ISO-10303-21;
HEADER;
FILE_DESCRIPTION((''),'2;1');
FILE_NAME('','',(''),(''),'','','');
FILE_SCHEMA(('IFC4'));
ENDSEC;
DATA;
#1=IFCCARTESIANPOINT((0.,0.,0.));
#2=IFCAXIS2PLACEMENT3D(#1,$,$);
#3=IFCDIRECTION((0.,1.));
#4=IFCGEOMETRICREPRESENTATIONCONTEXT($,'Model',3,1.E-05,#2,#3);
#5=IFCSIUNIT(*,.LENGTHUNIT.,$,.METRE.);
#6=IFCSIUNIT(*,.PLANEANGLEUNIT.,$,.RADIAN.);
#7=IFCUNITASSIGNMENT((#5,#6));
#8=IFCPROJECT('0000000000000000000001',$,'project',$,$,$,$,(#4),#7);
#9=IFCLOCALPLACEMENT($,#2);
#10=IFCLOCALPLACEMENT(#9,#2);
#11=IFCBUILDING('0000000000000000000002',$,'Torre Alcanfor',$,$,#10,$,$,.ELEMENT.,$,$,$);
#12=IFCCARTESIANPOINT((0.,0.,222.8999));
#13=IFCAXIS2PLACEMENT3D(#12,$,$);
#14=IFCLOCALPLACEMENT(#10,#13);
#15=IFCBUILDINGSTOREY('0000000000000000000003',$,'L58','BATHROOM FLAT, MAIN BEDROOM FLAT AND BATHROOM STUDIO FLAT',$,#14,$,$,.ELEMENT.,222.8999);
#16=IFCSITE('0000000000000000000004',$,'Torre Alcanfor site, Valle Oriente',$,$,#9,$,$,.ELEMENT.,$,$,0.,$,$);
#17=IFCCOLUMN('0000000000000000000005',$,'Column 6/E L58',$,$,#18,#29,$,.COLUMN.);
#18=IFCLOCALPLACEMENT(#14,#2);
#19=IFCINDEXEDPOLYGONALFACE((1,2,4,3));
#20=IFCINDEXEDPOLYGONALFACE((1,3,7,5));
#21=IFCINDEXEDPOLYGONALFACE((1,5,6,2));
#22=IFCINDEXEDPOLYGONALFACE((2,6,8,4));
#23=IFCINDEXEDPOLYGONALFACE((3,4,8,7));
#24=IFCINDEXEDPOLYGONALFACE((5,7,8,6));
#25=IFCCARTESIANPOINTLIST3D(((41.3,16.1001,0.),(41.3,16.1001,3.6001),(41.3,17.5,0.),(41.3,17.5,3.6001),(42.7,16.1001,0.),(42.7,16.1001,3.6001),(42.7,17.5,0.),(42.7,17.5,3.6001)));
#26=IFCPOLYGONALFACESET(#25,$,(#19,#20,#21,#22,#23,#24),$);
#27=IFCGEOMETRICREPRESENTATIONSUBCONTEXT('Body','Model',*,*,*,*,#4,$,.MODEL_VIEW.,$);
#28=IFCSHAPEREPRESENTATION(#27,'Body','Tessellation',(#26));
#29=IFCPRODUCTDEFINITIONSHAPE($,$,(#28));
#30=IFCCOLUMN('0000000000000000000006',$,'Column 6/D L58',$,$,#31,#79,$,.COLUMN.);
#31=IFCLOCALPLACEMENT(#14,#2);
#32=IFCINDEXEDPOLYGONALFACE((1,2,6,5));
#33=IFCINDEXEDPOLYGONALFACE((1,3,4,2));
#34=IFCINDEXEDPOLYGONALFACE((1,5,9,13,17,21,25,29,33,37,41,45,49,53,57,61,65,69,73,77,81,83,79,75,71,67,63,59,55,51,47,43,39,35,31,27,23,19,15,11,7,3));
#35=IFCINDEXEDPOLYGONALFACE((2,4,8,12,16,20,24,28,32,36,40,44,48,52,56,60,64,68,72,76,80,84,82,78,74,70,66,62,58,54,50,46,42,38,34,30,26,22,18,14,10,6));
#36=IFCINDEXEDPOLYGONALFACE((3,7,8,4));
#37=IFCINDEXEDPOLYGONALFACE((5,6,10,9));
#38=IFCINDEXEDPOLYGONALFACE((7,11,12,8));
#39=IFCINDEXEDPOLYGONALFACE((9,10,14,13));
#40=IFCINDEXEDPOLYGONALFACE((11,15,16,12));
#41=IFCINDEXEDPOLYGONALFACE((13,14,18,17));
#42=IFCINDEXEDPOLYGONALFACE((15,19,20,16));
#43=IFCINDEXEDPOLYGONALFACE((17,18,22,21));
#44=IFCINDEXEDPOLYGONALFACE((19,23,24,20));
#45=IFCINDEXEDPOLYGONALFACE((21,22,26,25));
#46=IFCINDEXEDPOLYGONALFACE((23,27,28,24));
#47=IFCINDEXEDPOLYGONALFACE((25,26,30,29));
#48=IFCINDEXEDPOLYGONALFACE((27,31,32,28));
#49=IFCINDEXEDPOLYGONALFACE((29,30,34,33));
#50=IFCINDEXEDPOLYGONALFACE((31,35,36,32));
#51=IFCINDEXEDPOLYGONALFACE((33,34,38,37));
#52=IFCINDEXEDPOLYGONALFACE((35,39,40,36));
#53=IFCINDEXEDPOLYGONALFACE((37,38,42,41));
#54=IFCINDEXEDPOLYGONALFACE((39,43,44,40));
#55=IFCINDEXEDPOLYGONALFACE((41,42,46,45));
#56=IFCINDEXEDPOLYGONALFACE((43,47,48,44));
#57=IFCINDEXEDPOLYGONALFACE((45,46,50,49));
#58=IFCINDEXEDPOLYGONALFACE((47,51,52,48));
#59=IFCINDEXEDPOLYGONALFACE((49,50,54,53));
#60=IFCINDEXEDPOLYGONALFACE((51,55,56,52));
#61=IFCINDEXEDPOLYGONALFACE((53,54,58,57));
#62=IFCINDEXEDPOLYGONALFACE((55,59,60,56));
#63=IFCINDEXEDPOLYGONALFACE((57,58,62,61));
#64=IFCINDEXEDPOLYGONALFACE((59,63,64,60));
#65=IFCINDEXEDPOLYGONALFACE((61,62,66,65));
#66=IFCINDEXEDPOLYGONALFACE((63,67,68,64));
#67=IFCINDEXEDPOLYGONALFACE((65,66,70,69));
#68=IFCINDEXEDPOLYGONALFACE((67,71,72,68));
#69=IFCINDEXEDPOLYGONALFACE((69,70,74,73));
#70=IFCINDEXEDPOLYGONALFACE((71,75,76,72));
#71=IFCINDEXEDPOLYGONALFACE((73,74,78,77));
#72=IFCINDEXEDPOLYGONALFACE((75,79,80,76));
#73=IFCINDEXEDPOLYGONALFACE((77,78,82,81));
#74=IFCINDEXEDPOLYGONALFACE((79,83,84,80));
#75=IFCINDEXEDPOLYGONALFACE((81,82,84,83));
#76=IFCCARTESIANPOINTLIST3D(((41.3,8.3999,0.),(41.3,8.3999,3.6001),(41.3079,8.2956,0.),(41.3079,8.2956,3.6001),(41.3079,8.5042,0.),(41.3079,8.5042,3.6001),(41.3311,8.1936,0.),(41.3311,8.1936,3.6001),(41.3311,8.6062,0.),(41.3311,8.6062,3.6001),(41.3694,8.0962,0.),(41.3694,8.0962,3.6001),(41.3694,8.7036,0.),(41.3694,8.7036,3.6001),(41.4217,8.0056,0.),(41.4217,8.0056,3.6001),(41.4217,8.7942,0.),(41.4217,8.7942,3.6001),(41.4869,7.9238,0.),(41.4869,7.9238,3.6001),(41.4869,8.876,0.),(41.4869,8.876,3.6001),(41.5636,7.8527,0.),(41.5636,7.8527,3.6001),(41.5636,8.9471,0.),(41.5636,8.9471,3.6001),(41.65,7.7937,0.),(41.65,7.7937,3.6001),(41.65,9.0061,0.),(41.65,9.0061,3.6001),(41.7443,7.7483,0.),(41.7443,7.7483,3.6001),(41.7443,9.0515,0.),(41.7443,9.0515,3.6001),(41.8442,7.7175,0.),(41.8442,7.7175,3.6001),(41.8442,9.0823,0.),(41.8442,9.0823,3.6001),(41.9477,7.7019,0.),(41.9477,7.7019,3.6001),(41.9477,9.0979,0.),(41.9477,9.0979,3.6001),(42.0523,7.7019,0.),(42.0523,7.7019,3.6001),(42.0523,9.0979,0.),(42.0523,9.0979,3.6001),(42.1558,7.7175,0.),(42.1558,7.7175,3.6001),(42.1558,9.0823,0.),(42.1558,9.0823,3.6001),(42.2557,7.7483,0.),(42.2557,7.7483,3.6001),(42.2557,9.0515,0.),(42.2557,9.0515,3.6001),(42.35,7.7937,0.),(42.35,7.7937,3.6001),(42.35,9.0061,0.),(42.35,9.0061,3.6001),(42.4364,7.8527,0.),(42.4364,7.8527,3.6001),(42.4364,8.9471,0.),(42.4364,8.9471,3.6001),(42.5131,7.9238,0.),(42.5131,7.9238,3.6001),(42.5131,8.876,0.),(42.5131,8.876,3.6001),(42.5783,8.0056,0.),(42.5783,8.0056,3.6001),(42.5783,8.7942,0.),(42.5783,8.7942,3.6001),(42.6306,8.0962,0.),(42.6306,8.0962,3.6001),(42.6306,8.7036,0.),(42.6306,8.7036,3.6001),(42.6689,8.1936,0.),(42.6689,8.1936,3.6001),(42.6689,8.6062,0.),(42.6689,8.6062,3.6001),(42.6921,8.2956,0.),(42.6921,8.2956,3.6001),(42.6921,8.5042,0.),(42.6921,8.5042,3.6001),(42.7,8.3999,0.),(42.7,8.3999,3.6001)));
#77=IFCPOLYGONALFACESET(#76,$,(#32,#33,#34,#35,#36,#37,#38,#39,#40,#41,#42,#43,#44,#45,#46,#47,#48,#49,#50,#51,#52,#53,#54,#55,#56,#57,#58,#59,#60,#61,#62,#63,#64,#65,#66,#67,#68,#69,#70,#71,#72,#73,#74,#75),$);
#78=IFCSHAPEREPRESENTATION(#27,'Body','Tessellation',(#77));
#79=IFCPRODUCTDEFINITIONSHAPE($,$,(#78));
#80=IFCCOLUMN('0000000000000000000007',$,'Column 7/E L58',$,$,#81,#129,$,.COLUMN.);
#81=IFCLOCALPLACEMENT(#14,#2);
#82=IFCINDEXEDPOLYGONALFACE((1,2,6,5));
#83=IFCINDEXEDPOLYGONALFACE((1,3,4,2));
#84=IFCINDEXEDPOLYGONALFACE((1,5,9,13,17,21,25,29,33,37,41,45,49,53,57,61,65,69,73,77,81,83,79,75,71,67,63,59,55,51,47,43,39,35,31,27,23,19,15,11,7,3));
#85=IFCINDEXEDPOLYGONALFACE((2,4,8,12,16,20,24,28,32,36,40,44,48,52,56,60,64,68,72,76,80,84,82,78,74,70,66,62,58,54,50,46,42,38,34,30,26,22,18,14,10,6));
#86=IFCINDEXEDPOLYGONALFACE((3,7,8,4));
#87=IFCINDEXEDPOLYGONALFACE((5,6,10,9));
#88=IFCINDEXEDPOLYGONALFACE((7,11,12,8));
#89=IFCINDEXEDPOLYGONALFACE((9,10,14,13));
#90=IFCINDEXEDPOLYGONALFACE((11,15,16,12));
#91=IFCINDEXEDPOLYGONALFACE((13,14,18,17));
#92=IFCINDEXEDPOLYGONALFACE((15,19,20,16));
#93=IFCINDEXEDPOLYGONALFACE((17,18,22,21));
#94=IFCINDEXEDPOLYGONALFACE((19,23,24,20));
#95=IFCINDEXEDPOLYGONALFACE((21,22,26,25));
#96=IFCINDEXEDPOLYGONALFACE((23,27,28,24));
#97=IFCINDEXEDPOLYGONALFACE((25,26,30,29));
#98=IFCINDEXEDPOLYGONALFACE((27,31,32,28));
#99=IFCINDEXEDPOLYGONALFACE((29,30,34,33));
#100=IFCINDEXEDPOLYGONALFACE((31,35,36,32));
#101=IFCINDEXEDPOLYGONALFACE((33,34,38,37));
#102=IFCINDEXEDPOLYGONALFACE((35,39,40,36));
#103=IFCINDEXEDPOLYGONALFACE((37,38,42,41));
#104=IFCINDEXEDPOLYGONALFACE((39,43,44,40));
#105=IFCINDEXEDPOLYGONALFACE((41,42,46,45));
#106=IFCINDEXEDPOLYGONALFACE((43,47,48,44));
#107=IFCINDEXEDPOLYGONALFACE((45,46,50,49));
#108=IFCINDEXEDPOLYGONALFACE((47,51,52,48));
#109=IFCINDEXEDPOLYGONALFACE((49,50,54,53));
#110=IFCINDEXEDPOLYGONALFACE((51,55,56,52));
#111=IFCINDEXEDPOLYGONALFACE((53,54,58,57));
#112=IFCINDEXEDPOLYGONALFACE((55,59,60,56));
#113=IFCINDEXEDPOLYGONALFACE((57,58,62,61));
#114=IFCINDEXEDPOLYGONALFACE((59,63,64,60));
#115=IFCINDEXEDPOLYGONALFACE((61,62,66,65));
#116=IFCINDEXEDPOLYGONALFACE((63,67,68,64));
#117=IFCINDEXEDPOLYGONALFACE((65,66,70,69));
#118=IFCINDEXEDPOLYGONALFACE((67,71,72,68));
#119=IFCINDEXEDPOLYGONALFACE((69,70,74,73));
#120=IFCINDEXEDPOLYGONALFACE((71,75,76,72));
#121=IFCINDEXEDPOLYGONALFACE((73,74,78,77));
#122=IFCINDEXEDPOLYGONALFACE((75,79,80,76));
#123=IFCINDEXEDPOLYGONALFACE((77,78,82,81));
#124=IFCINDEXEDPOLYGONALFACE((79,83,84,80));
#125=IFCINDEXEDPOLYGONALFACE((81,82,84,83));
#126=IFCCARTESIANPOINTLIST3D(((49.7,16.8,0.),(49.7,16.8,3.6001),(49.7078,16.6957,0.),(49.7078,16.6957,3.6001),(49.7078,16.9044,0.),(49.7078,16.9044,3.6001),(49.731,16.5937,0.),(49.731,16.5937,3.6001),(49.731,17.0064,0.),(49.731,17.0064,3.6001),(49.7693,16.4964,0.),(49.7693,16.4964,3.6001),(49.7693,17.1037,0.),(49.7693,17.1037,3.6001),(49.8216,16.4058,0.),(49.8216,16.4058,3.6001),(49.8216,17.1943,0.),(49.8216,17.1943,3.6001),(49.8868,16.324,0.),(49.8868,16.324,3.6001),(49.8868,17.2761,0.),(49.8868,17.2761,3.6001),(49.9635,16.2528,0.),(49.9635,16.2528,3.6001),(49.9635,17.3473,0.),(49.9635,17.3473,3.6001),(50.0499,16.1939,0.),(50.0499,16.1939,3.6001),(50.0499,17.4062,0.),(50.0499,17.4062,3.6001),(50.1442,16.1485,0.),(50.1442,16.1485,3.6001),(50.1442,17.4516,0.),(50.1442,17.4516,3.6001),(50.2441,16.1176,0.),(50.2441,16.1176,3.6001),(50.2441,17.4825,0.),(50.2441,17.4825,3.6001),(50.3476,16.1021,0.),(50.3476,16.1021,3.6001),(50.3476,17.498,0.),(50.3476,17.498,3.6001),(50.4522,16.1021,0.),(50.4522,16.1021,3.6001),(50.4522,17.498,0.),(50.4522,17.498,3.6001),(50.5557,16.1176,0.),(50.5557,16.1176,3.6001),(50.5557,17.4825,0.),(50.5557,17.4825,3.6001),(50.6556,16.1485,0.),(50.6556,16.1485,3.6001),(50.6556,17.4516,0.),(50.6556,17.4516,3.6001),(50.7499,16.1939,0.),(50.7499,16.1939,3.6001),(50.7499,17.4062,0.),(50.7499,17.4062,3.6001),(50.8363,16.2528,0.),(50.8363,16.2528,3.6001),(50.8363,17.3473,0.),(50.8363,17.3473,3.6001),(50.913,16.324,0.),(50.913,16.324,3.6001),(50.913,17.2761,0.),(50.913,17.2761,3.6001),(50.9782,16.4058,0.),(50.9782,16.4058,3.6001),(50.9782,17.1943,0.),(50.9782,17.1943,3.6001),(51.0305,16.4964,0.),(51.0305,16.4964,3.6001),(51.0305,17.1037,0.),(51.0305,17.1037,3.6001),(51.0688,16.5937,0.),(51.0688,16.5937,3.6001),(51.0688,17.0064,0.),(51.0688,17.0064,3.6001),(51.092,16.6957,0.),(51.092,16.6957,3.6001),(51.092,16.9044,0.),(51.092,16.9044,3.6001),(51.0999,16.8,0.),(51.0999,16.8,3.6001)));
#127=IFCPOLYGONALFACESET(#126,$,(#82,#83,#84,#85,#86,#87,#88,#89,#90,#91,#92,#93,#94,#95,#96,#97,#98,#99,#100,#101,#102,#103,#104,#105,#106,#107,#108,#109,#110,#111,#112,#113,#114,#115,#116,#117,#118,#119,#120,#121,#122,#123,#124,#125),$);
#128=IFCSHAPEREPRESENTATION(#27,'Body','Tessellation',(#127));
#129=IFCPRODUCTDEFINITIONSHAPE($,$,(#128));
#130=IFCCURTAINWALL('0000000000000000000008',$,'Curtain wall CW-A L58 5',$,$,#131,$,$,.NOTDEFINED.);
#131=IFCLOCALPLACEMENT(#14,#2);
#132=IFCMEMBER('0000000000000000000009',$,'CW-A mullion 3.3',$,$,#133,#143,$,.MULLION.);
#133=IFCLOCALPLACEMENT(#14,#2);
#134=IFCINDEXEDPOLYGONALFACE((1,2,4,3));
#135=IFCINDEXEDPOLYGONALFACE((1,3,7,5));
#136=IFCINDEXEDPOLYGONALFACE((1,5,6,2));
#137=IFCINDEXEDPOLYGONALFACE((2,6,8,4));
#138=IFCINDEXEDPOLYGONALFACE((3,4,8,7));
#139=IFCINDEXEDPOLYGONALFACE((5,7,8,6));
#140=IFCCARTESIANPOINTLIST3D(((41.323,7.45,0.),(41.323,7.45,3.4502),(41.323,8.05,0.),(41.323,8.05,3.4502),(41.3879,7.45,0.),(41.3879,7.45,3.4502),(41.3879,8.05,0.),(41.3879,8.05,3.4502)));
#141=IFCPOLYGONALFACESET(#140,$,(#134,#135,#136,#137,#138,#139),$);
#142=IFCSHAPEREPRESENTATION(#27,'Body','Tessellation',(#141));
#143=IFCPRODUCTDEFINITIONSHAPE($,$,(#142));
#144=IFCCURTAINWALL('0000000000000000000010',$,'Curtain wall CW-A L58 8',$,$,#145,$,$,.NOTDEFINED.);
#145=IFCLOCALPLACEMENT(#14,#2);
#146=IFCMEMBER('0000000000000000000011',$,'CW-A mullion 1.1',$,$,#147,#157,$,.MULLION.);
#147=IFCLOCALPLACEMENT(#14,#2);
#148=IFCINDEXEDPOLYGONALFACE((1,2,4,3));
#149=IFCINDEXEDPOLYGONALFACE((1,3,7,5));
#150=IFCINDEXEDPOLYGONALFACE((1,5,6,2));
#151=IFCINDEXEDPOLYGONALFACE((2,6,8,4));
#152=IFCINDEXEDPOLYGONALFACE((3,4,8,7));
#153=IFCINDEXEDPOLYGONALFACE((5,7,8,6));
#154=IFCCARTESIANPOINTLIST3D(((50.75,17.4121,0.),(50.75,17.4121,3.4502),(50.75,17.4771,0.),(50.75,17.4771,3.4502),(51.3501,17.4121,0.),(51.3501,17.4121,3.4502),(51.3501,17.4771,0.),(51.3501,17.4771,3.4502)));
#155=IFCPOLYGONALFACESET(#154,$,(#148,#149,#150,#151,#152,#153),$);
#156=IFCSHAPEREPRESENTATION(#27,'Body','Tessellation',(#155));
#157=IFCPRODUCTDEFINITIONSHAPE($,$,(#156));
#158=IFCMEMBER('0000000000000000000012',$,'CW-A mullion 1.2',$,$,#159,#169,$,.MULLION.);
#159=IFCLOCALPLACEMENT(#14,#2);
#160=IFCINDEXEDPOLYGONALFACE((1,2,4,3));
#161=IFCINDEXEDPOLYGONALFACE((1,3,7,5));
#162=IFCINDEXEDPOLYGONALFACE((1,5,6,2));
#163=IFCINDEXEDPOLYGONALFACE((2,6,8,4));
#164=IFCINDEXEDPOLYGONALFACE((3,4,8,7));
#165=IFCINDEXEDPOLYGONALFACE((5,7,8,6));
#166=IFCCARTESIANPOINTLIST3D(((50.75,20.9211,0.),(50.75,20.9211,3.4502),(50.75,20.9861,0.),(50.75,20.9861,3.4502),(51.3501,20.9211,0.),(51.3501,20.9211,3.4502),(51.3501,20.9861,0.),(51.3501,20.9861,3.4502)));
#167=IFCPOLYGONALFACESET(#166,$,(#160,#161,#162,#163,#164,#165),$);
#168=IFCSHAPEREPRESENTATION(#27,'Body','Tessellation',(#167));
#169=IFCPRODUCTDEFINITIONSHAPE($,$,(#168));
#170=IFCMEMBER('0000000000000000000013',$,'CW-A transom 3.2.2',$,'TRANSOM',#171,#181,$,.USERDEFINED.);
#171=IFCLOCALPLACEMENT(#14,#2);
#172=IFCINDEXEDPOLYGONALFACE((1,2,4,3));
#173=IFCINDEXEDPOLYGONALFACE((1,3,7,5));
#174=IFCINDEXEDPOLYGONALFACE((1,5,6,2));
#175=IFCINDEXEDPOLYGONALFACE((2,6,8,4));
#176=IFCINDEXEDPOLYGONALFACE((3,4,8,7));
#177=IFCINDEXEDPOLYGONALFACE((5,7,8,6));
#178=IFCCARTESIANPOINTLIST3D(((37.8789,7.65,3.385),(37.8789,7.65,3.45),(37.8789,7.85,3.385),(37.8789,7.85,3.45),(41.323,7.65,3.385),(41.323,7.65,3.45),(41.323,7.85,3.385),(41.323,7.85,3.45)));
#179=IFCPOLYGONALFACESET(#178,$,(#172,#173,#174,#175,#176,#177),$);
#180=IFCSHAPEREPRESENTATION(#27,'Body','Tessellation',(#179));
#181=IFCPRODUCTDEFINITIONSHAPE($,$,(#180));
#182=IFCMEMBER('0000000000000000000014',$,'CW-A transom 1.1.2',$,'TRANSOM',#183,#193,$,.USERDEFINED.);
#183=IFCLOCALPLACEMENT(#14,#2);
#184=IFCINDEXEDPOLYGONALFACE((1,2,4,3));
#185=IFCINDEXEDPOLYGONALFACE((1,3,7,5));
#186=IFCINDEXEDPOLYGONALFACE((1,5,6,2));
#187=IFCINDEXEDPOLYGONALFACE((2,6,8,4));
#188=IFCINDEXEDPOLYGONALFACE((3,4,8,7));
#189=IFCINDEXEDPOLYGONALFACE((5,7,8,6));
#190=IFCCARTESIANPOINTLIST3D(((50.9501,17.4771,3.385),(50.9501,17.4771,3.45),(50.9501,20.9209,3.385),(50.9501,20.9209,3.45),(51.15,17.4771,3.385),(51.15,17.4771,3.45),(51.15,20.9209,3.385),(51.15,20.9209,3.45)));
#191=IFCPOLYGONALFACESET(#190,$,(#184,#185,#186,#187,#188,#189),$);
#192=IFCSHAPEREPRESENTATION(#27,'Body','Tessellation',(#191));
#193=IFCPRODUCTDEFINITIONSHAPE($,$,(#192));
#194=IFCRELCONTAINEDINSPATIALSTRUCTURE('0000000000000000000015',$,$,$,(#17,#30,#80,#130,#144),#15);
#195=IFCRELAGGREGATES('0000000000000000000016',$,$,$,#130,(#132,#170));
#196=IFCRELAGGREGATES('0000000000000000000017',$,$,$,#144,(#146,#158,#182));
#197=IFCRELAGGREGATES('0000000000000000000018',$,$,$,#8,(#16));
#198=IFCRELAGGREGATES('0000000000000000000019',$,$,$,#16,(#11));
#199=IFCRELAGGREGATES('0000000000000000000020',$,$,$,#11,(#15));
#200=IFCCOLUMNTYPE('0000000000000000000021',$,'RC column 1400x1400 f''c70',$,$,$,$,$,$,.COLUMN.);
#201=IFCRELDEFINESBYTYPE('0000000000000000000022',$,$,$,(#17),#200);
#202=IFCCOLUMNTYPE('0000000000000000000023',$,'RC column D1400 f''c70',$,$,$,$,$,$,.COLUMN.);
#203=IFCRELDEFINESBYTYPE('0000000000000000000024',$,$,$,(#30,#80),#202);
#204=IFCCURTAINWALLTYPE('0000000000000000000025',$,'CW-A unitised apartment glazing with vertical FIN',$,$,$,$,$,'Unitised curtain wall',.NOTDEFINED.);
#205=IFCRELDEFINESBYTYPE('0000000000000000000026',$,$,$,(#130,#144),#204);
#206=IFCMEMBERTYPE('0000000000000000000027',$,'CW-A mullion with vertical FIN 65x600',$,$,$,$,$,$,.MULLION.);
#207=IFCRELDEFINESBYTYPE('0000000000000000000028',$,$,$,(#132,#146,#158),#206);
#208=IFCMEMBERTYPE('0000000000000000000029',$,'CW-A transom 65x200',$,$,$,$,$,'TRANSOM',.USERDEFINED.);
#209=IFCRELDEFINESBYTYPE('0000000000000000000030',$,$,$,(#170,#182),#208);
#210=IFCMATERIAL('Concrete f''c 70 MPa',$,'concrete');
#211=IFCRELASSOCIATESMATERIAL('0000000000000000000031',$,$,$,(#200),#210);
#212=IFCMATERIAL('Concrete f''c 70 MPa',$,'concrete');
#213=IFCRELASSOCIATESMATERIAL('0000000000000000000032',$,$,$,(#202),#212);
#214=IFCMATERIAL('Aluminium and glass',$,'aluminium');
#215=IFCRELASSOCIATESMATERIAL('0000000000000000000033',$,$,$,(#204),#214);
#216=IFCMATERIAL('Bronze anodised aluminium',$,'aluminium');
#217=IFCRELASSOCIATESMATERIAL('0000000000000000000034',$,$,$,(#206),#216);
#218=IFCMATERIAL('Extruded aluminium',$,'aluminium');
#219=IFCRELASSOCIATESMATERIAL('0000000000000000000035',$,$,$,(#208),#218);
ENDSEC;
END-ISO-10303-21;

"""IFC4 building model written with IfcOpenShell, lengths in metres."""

from ifc_helpers import new_model, si_unit, direction, frame, origin, origin_2d, place, context, subcontext, project, spatial, rectangle, circle, extrude, material, material_profile, profile_set, type_object, element, aggregate, save


model = new_model("IFC4")

# Units and contexts
model_context = context("Model", 3, precision=1e-05, world=origin(), true_north=direction((0.0, 1.0)))
body_context = subcontext(model_context, "Body", "Model", "MODEL_VIEW")
ifc_project = project(units=[si_unit("LENGTHUNIT", "METRE"), si_unit("PLANEANGLEUNIT", "RADIAN")], contexts=[model_context])

# Site, building, storey
site_placement = place(None, origin())
site = spatial("IfcSite", under=ifc_project, at=site_placement, Name="Torre Alcanfor site, Valle Oriente", CompositionType="ELEMENT", RefElevation=0.0)
building_placement = place(site_placement, origin())
building = spatial("IfcBuilding", under=site, at=building_placement, Name="Torre Alcanfor", CompositionType="ELEMENT")
storey_placement = place(building_placement, frame((0.0, 0.0, 222.8999)))
storey = spatial("IfcBuildingStorey", under=building, at=storey_placement, Name="L58", Description="BATHROOM FLAT, MAIN BEDROOM FLAT AND BATHROOM STUDIO FLAT", CompositionType="ELEMENT", Elevation=222.8999)

# Columns
ifc_material_1 = material(Name="Concrete f'c 70 MPa", Category="concrete")
ifc_material_profile_1 = material_profile(ifc_material_1, rectangle(XDim=1.3999, YDim=1.3999, at=origin_2d()), Name="1400x1400")
ifc_profile_set_1 = profile_set([ifc_material_profile_1], Name="Concrete f'c 70 MPa")
column_type_1 = type_object("IfcColumnType", Name="RC column 1400x1400 f'c70", PredefinedType="COLUMN", material=ifc_profile_set_1)
column_placement = place(storey_placement, frame((42.0, 16.8, 0.0), z_axis=(0.0, 0.0, 1.0), x_axis=(1.0, 0.0, 0.0)))
element("IfcColumn", 1, at=column_placement, inside=storey, type_object=column_type_1, Name="Column 6/E L58", PredefinedType="COLUMN", context=body_context, shape_type="SweptSolid", body=[
    extrude(rectangle(XDim=1.3999, YDim=1.3999, at=origin_2d()), origin(), (0.0, 0.0, 1.0), 3.6001),
])
ifc_material_2 = material(Name="Concrete f'c 70 MPa", Category="concrete")
ifc_material_profile_2 = material_profile(ifc_material_2, circle(Radius=0.7, at=origin_2d()), Name="D1400")
ifc_profile_set_2 = profile_set([ifc_material_profile_2], Name="Concrete f'c 70 MPa")
column_type_2 = type_object("IfcColumnType", Name="RC column D1400 f'c70", PredefinedType="COLUMN", material=ifc_profile_set_2)
for number, where, z_axis, x_axis, name in (
    (2, (42.0, 8.3999, 0.0), (0.0, 0.0, 1.0), (1.0, 0.0, 0.0), "Column 6/D L58"),
    (3, (50.3999, 16.8, 0.0), (0.0, 0.0, 1.0), (1.0, 0.0, 0.0), "Column 7/E L58"),
):
    element("IfcColumn", number, at=place(storey_placement, frame(where, z_axis=z_axis, x_axis=x_axis)), inside=storey, type_object=column_type_2, Name=name, PredefinedType="COLUMN", context=body_context, shape_type="SweptSolid", body=[
        extrude(circle(Radius=0.7, at=origin_2d()), origin(), (0.0, 0.0, 1.0), 3.6001),
    ])

# Curtain wall, member
ifc_material_3 = material(Name="Aluminium and glass", Category="aluminium")
curtain_wall_type = type_object("IfcCurtainWallType", Name="CW-A unitised apartment glazing with vertical FIN", ElementType="Unitised curtain wall", PredefinedType="NOTDEFINED", material=ifc_material_3)
curtain_wall_1_placement = place(storey_placement, origin())
curtain_wall_1 = element("IfcCurtainWall", 4, at=curtain_wall_1_placement, inside=storey, type_object=curtain_wall_type, Name="Curtain wall CW-A L58 5", PredefinedType="NOTDEFINED")
ifc_material_4 = material(Name="Bronze anodised aluminium", Category="aluminium")
ifc_material_profile_3 = material_profile(ifc_material_4, rectangle(XDim=0.6001, YDim=0.0649, at=origin_2d()), Name="CW-A mullion 65x600")
ifc_profile_set_3 = profile_set([ifc_material_profile_3], Name="Bronze anodised aluminium")
member_type_1 = type_object("IfcMemberType", Name="CW-A mullion with vertical FIN 65x600", PredefinedType="MULLION", material=ifc_profile_set_3)
member_1_placement = place(storey_placement, frame((41.3555, 7.75, 0.0), z_axis=(0.0, 0.0, 1.0), x_axis=(0.0, 1.0, 0.0)))
member_1 = element("IfcMember", 5, at=member_1_placement, type_object=member_type_1, Name="CW-A mullion 3.3", PredefinedType="MULLION", context=body_context, shape_type="SweptSolid", body=[
    extrude(rectangle(XDim=0.6001, YDim=0.0649, at=origin_2d()), origin(), (0.0, 0.0, 1.0), 3.4502),
])

# Curtain wall, members
curtain_wall_2_placement = place(storey_placement, origin())
curtain_wall_2 = element("IfcCurtainWall", 6, at=curtain_wall_2_placement, inside=storey, type_object=curtain_wall_type, Name="Curtain wall CW-A L58 8", PredefinedType="NOTDEFINED")
member_2_placement = place(storey_placement, frame((51.05, 17.4446, 0.0), z_axis=(0.0, 0.0, 1.0), x_axis=(-1.0, 0.0, 0.0)))
member_2 = element("IfcMember", 7, at=member_2_placement, type_object=member_type_1, Name="CW-A mullion 1.1", PredefinedType="MULLION", context=body_context, shape_type="SweptSolid", body=[
    extrude(rectangle(XDim=0.6001, YDim=0.0649, at=origin_2d()), origin(), (0.0, 0.0, 1.0), 3.4502),
])
member_3_placement = place(storey_placement, frame((51.05, 20.9536, 0.0), z_axis=(0.0, 0.0, 1.0), x_axis=(-1.0, 0.0, 0.0)))
member_3 = element("IfcMember", 8, at=member_3_placement, type_object=member_type_1, Name="CW-A mullion 1.2", PredefinedType="MULLION", context=body_context, shape_type="SweptSolid", body=[
    extrude(rectangle(XDim=0.6001, YDim=0.0649, at=origin_2d()), origin(), (0.0, 0.0, 1.0), 3.4502),
])

# Members
ifc_material_5 = material(Name="Extruded aluminium", Category="aluminium")
ifc_material_profile_4 = material_profile(ifc_material_5, rectangle(XDim=0.2, YDim=0.0649, at=origin_2d()), Name="CW-A transom 200x65")
ifc_profile_set_4 = profile_set([ifc_material_profile_4], Name="Extruded aluminium")
member_type_2 = type_object("IfcMemberType", Name="CW-A transom 65x200", ElementType="TRANSOM", PredefinedType="USERDEFINED", material=ifc_profile_set_4)
member_4_placement = place(storey_placement, frame((37.8789, 7.75, 3.4175), z_axis=(1.0, 0.0, 0.0), x_axis=(0.0, 1.0, 0.0)))
member_4 = element("IfcMember", 9, at=member_4_placement, type_object=member_type_2, Name="CW-A transom 3.2.2", ObjectType="TRANSOM", PredefinedType="USERDEFINED", context=body_context, shape_type="SweptSolid", body=[
    extrude(rectangle(XDim=0.2, YDim=0.0649, at=origin_2d()), origin(), (0.0, 0.0, 1.0), 3.4441),
])
member_5_placement = place(storey_placement, frame((51.05, 17.4771, 3.4175), z_axis=(0.0, 1.0, 0.0), x_axis=(-1.0, 0.0, 0.0)))
member_5 = element("IfcMember", 10, at=member_5_placement, type_object=member_type_2, Name="CW-A transom 1.1.2", ObjectType="TRANSOM", PredefinedType="USERDEFINED", context=body_context, shape_type="SweptSolid", body=[
    extrude(rectangle(XDim=0.2, YDim=0.0649, at=origin_2d()), origin(), (0.0, 0.0, 1.0), 3.4438),
])

aggregate(curtain_wall_1, [member_1, member_4])
aggregate(curtain_wall_2, [member_2, member_3, member_5])

save(model, "model.ifc")
